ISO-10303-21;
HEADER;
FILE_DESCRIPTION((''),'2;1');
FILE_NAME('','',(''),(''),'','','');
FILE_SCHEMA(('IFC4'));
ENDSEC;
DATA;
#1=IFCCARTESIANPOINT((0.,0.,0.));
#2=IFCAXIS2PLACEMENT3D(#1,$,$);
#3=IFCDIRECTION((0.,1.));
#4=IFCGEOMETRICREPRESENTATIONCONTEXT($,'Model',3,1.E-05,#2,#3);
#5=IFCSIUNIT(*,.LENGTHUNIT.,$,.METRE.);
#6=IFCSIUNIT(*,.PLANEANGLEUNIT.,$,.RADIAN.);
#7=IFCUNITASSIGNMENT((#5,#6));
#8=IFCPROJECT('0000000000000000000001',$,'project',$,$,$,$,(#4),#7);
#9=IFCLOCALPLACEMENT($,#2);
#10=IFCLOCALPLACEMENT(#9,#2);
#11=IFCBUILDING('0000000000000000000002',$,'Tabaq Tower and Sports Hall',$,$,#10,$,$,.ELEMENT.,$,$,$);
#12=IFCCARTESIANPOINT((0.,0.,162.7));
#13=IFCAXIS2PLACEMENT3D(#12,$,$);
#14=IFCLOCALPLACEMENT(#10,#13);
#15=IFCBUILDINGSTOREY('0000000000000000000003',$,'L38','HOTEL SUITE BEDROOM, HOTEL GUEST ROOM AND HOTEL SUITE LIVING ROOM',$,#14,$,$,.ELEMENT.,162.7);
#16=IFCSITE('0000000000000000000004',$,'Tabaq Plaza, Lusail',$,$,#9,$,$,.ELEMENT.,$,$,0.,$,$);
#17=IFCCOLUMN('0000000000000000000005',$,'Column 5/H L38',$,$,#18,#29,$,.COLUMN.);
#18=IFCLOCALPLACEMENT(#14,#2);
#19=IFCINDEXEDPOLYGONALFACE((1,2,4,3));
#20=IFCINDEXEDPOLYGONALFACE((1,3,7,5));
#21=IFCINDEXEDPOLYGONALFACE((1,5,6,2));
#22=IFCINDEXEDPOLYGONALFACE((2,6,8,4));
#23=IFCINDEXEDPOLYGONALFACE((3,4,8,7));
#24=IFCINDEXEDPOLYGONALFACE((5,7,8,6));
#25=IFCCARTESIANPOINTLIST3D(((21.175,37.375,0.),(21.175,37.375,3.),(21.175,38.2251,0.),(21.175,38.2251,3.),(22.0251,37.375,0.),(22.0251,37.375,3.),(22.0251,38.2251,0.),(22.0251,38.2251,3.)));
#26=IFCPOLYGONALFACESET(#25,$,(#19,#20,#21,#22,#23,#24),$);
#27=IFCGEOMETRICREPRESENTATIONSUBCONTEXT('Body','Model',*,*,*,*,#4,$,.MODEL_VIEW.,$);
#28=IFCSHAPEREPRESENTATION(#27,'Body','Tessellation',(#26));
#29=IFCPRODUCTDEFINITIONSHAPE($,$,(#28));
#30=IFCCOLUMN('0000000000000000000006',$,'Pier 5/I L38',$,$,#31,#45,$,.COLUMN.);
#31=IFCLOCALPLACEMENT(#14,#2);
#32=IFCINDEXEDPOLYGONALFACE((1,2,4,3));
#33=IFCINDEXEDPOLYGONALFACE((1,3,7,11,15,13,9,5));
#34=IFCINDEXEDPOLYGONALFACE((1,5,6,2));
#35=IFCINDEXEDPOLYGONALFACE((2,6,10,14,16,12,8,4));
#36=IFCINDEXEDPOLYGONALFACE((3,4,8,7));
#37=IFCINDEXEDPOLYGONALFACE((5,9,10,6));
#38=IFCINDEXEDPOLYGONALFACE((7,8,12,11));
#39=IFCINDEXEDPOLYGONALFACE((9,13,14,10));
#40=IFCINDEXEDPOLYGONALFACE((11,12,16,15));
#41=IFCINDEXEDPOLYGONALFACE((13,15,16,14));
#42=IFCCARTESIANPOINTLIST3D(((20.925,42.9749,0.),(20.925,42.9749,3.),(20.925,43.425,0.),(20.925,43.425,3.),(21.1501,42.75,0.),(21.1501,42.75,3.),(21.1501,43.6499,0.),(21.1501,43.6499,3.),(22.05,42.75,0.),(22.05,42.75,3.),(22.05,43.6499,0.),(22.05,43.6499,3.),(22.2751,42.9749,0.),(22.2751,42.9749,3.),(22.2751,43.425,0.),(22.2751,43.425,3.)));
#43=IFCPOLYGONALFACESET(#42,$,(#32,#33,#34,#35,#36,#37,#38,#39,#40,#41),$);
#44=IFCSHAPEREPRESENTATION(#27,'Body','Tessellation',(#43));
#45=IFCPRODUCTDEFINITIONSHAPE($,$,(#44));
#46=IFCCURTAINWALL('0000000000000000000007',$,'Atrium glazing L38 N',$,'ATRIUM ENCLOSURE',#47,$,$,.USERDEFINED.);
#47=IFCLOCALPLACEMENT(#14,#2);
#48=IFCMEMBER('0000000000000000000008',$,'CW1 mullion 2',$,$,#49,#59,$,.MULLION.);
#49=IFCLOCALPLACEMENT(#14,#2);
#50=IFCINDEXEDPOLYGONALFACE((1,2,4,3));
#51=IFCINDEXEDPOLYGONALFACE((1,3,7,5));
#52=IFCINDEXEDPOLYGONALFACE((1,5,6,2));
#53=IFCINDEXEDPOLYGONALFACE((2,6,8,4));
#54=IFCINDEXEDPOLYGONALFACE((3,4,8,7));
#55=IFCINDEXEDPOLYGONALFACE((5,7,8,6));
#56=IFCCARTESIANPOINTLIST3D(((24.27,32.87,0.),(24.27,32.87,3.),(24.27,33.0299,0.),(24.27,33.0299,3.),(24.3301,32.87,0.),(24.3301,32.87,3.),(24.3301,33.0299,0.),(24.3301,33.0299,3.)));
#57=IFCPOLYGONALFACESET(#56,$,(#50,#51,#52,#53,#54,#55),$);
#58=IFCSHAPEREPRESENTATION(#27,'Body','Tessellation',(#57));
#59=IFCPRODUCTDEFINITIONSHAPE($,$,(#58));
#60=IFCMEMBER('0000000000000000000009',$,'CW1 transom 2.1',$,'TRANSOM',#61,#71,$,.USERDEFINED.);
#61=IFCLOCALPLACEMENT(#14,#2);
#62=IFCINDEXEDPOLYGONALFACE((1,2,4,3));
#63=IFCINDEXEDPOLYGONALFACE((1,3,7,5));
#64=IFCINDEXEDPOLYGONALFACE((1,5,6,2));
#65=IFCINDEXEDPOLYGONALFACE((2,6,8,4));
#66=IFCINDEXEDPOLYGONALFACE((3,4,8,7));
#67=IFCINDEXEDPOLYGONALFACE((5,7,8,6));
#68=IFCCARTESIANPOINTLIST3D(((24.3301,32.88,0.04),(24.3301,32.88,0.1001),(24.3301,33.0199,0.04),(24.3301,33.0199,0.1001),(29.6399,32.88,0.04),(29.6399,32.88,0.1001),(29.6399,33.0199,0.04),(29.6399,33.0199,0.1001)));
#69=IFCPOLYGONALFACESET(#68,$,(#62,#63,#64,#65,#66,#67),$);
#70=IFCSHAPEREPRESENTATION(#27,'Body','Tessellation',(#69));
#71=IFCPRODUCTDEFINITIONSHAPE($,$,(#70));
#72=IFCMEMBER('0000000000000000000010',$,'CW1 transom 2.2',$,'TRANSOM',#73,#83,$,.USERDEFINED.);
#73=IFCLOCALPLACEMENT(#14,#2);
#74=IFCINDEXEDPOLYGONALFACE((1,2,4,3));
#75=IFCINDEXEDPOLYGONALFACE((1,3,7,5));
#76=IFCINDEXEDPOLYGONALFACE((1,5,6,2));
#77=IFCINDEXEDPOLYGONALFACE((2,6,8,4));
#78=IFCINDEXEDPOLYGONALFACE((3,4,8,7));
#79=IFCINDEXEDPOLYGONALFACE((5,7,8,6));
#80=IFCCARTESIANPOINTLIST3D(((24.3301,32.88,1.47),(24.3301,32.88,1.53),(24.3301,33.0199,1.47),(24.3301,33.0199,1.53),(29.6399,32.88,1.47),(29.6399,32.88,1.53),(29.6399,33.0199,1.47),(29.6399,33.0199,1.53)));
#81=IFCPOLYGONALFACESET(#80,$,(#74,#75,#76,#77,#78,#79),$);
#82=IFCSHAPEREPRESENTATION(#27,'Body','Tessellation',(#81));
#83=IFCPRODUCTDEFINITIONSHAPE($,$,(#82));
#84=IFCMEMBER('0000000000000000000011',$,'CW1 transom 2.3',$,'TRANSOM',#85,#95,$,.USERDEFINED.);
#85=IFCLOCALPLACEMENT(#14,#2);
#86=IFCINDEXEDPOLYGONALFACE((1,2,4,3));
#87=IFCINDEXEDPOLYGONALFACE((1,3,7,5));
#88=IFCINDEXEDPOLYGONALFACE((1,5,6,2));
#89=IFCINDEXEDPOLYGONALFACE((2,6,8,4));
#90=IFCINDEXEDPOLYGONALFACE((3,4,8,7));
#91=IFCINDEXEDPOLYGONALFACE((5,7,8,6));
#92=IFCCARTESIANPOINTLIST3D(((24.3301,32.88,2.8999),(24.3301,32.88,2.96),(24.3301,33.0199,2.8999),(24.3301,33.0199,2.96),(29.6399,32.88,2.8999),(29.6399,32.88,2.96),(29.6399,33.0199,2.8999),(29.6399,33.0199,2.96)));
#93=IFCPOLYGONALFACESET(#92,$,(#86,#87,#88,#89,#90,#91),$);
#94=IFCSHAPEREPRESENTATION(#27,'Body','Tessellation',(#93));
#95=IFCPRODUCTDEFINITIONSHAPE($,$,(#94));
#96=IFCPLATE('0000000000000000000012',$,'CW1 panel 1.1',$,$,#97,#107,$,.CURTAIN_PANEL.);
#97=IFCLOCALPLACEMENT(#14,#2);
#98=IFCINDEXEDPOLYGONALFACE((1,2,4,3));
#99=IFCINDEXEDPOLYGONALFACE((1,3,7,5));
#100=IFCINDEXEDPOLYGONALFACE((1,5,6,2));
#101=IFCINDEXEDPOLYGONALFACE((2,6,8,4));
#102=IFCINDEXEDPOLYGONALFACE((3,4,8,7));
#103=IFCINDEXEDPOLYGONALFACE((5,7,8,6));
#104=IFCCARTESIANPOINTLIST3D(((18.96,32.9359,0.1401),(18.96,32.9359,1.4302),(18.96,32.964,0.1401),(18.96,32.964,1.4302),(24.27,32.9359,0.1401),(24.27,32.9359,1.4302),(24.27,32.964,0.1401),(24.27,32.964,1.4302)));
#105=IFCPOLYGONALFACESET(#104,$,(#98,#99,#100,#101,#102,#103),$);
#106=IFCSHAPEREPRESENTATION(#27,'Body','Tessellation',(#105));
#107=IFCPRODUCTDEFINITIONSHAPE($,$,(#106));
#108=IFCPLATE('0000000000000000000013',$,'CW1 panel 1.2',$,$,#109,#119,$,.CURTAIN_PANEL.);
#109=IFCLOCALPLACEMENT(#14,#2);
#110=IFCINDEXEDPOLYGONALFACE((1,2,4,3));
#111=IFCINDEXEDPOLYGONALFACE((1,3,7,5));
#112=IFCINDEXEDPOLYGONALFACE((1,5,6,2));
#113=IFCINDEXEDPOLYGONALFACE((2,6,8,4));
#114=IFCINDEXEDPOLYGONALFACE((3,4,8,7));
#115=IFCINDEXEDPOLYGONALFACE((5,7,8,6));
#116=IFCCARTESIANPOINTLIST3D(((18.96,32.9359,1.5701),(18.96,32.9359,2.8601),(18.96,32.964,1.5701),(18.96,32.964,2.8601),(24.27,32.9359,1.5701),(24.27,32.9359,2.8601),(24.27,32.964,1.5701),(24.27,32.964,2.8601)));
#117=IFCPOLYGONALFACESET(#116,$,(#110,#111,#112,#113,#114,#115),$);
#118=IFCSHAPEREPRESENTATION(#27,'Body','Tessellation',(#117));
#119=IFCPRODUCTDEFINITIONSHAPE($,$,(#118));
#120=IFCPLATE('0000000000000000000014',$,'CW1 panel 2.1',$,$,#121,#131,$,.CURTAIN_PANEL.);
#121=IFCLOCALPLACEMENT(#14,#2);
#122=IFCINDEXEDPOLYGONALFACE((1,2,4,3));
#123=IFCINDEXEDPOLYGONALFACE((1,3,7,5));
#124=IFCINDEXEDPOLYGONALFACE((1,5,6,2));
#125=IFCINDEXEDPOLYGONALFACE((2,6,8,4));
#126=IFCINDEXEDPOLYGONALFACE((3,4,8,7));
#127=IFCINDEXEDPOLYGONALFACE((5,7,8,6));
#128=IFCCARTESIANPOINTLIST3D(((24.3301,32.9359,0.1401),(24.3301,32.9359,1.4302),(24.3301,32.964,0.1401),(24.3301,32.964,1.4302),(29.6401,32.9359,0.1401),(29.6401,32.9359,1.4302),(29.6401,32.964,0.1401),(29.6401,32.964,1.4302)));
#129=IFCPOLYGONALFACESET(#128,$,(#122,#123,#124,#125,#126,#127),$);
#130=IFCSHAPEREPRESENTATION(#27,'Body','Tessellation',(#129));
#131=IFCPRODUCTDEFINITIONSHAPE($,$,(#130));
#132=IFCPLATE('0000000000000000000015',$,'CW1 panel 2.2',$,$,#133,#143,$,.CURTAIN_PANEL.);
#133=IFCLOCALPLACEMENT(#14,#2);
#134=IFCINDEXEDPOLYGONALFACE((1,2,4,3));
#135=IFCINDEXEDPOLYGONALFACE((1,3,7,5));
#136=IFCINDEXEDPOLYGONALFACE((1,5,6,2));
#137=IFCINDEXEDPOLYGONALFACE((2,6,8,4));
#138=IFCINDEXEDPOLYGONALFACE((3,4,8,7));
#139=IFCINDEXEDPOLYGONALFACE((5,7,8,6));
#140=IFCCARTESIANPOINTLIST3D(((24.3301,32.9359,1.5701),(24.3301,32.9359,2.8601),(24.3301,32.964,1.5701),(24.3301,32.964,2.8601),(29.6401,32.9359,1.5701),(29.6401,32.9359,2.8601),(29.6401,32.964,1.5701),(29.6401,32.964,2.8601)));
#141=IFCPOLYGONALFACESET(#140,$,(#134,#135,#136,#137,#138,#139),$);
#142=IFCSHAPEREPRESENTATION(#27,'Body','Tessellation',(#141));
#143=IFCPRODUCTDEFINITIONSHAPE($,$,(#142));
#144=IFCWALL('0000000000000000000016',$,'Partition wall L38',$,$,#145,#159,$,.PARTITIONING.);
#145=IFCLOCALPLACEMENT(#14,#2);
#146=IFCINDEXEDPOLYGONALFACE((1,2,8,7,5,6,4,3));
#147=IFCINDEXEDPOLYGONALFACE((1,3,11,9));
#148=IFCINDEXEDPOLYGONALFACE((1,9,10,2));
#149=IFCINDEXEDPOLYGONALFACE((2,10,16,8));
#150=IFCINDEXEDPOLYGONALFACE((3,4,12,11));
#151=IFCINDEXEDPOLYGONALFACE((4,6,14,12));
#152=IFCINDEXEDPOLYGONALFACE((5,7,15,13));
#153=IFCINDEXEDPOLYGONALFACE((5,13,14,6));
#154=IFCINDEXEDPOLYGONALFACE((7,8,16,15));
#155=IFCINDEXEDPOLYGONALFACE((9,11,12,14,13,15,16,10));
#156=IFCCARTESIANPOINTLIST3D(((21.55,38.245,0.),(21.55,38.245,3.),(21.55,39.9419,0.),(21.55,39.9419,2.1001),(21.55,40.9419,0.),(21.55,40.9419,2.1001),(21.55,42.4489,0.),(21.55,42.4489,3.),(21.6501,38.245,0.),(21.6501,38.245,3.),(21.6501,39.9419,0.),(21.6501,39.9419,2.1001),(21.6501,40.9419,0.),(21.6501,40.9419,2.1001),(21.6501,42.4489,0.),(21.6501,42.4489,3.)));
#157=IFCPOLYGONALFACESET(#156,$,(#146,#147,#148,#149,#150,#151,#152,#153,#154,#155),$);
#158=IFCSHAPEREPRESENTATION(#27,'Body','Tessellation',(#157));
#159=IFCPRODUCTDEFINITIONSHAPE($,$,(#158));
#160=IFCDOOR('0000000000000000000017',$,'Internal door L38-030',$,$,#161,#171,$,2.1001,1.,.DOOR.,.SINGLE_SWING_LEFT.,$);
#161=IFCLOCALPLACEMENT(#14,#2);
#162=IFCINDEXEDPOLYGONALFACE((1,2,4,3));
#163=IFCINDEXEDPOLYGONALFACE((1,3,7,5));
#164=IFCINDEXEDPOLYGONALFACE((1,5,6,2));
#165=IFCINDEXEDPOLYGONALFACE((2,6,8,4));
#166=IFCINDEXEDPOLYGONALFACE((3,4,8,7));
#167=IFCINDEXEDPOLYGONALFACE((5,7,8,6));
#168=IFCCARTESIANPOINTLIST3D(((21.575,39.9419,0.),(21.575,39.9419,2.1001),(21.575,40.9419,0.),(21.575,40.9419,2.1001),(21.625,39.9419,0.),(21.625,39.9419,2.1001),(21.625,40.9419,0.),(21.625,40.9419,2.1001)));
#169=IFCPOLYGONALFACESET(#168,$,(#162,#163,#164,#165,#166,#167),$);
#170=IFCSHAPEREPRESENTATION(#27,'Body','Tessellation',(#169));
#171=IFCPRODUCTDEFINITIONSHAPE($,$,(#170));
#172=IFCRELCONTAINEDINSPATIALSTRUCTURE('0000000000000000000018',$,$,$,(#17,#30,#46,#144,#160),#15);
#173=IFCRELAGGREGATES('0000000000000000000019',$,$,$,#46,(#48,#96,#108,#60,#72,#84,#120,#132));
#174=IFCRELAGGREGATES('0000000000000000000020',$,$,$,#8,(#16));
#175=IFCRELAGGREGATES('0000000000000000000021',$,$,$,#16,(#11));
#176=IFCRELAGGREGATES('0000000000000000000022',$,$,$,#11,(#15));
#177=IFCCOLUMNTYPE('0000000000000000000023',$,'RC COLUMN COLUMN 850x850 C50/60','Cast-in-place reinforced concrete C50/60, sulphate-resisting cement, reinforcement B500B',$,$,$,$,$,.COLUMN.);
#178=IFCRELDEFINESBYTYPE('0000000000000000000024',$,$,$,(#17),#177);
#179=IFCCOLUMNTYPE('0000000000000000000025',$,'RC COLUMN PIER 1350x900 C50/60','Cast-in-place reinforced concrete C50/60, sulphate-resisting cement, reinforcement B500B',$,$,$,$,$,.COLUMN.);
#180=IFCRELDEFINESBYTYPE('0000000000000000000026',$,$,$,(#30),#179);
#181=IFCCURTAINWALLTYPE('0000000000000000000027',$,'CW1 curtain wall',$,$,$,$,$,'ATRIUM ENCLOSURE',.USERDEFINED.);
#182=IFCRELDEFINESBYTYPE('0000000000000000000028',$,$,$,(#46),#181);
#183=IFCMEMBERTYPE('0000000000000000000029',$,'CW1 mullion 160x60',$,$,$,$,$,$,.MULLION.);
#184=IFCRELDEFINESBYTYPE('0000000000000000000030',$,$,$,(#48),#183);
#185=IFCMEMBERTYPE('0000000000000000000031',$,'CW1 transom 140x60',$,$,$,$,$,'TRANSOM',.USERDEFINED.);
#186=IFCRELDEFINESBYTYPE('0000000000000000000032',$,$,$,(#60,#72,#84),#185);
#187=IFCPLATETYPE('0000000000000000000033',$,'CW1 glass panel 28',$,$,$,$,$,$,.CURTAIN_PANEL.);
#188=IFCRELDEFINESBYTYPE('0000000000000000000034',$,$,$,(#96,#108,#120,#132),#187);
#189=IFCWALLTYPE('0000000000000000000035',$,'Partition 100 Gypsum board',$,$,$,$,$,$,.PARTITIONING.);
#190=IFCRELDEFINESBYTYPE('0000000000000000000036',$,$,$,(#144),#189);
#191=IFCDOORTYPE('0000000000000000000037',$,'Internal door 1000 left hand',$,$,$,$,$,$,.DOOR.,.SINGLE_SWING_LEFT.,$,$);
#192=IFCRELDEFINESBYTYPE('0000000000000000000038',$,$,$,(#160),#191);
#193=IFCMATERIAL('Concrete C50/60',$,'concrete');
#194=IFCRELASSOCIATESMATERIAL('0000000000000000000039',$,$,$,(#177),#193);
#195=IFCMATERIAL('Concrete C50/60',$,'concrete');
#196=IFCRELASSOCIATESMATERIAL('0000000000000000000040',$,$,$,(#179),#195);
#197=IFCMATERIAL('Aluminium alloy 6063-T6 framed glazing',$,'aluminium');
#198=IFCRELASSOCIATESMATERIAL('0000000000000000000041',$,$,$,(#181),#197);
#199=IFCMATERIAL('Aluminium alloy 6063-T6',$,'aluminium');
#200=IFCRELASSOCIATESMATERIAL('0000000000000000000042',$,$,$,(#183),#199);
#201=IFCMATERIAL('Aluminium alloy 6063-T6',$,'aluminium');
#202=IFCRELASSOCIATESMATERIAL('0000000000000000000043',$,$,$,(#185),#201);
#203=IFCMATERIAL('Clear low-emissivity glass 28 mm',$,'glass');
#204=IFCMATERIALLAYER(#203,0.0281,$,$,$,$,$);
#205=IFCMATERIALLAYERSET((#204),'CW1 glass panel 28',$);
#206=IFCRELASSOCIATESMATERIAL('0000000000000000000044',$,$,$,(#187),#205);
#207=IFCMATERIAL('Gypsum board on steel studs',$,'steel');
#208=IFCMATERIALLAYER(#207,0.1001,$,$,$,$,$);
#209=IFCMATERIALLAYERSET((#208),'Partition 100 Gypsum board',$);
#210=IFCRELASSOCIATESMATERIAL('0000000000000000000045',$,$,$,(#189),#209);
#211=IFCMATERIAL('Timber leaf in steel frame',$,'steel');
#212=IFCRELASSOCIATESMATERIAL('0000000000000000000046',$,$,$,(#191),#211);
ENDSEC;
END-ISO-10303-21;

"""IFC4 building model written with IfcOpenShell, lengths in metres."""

from ifc_helpers import new_model, si_unit, direction, frame, frame_2d, origin, origin_2d, place, context, subcontext, project, spatial, polyline, rectangle, outline, extrude, material, layer, layer_set, material_profile, profile_set, type_object, element, fill, aggregate, save


model = new_model("IFC4")

# Units and contexts
model_context = context("Model", 3, precision=1e-05, world=origin(), true_north=direction((0.0, 1.0)))
body_context = subcontext(model_context, "Body", "Model", "MODEL_VIEW")
ifc_project = project(units=[si_unit("LENGTHUNIT", "METRE"), si_unit("PLANEANGLEUNIT", "RADIAN")], contexts=[model_context])

# Site, building, storey
site_placement = place(None, origin())
site = spatial("IfcSite", under=ifc_project, at=site_placement, Name="Tabaq Plaza, Lusail", CompositionType="ELEMENT", RefElevation=0.0)
building_placement = place(site_placement, origin())
building = spatial("IfcBuilding", under=site, at=building_placement, Name="Tabaq Tower and Sports Hall", CompositionType="ELEMENT")
storey_placement = place(building_placement, frame((0.0, 0.0, 162.7)))
storey = spatial("IfcBuildingStorey", under=building, at=storey_placement, Name="L38", Description="HOTEL SUITE BEDROOM, HOTEL GUEST ROOM AND HOTEL SUITE LIVING ROOM", CompositionType="ELEMENT", Elevation=162.7)

# Columns
ifc_material_1 = material(Name="Concrete C50/60", Category="concrete")
ifc_material_profile_1 = material_profile(ifc_material_1, rectangle(XDim=0.8501, YDim=0.8501, at=origin_2d()), Name="COLUMN 850x850")
ifc_profile_set_1 = profile_set([ifc_material_profile_1], Name="Concrete C50/60")
column_type_1 = type_object("IfcColumnType", Name="RC COLUMN COLUMN 850x850 C50/60", Description="Cast-in-place reinforced concrete C50/60, sulphate-resisting cement, reinforcement B500B", PredefinedType="COLUMN", material=ifc_profile_set_1)
column_1_placement = place(storey_placement, frame((21.6001, 37.8, 0.0), z_axis=(0.0, 0.0, 1.0), x_axis=(1.0, 0.0, 0.0)))
element("IfcColumn", 1, at=column_1_placement, inside=storey, type_object=column_type_1, Name="Column 5/H L38", PredefinedType="COLUMN", context=body_context, shape_type="SweptSolid", body=[
    extrude(rectangle(XDim=0.8501, YDim=0.8501, at=origin_2d()), origin(), (0.0, 0.0, 1.0), 3.0),
])
ifc_material_2 = material(Name="Concrete C50/60", Category="concrete")
ifc_material_profile_2 = material_profile(ifc_material_2, outline(polyline([(-0.45, -0.45), (0.45, -0.45), (0.675, -0.2251), (0.675, 0.2251), (0.45, 0.45), (-0.45, 0.45), (-0.675, 0.2251), (-0.675, -0.2251), (-0.45, -0.45)])), Name="PIER 1350x900")
ifc_profile_set_2 = profile_set([ifc_material_profile_2], Name="Concrete C50/60")
column_type_2 = type_object("IfcColumnType", Name="RC COLUMN PIER 1350x900 C50/60", Description="Cast-in-place reinforced concrete C50/60, sulphate-resisting cement, reinforcement B500B", PredefinedType="COLUMN", material=ifc_profile_set_2)
column_2_placement = place(storey_placement, frame((21.6001, 43.2, 0.0), z_axis=(0.0, 0.0, 1.0), x_axis=(1.0, 0.0, 0.0)))
element("IfcColumn", 2, at=column_2_placement, inside=storey, type_object=column_type_2, Name="Pier 5/I L38", PredefinedType="COLUMN", context=body_context, shape_type="SweptSolid", body=[
    extrude(outline(polyline([(-0.45, -0.45), (0.45, -0.45), (0.675, -0.2251), (0.675, 0.2251), (0.45, 0.45), (-0.45, 0.45), (-0.675, 0.2251), (-0.675, -0.2251), (-0.45, -0.45)])), origin(), (0.0, 0.0, 1.0), 3.0),
])

# Curtain wall, members, plates
ifc_material_3 = material(Name="Aluminium alloy 6063-T6 framed glazing", Category="aluminium")
curtain_wall_type = type_object("IfcCurtainWallType", Name="CW1 curtain wall", ElementType="ATRIUM ENCLOSURE", PredefinedType="USERDEFINED", material=ifc_material_3)
curtain_wall_placement = place(storey_placement, origin())
curtain_wall = element("IfcCurtainWall", 3, at=curtain_wall_placement, inside=storey, type_object=curtain_wall_type, Name="Atrium glazing L38 N", ObjectType="ATRIUM ENCLOSURE", PredefinedType="USERDEFINED")
ifc_material_4 = material(Name="Aluminium alloy 6063-T6", Category="aluminium")
ifc_material_profile_3 = material_profile(ifc_material_4, rectangle(XDim=0.1599, YDim=0.0601, at=origin_2d()), Name="MULLION 160x60")
ifc_profile_set_3 = profile_set([ifc_material_profile_3], Name="Aluminium alloy 6063-T6")
member_type_1 = type_object("IfcMemberType", Name="CW1 mullion 160x60", PredefinedType="MULLION", material=ifc_profile_set_3)
member_1_placement = place(storey_placement, frame((24.3, 32.95, 0.0), z_axis=(0.0, 0.0, 1.0), x_axis=(0.0, 1.0, 0.0)))
member_1 = element("IfcMember", 4, at=member_1_placement, type_object=member_type_1, Name="CW1 mullion 2", PredefinedType="MULLION", context=body_context, shape_type="SweptSolid", body=[
    extrude(rectangle(XDim=0.1599, YDim=0.0601, at=origin_2d()), origin(), (0.0, 0.0, 1.0), 3.0),
])
ifc_material_5 = material(Name="Aluminium alloy 6063-T6", Category="aluminium")
ifc_material_profile_4 = material_profile(ifc_material_5, rectangle(XDim=0.1399, YDim=0.0601, at=origin_2d()), Name="TRANSOM 140x60")
ifc_profile_set_4 = profile_set([ifc_material_profile_4], Name="Aluminium alloy 6063-T6")
member_type_2 = type_object("IfcMemberType", Name="CW1 transom 140x60", ElementType="TRANSOM", PredefinedType="USERDEFINED", material=ifc_profile_set_4)
member_2_placement = place(storey_placement, frame((24.3301, 32.95, 0.0701), z_axis=(1.0, 0.0, 0.0), x_axis=(0.0, 1.0, 0.0)))
member_2 = element("IfcMember", 5, at=member_2_placement, type_object=member_type_2, Name="CW1 transom 2.1", ObjectType="TRANSOM", PredefinedType="USERDEFINED", context=body_context, shape_type="SweptSolid", body=[
    extrude(rectangle(XDim=0.1399, YDim=0.0601, at=origin_2d()), origin(), (0.0, 0.0, 1.0), 5.3098),
])
member_3_placement = place(storey_placement, frame((24.3301, 32.95, 1.5), z_axis=(1.0, 0.0, 0.0), x_axis=(0.0, 1.0, 0.0)))
member_3 = element("IfcMember", 6, at=member_3_placement, type_object=member_type_2, Name="CW1 transom 2.2", ObjectType="TRANSOM", PredefinedType="USERDEFINED", context=body_context, shape_type="SweptSolid", body=[
    extrude(rectangle(XDim=0.1399, YDim=0.0601, at=origin_2d()), origin(), (0.0, 0.0, 1.0), 5.3098),
])
member_4_placement = place(storey_placement, frame((24.3301, 32.95, 2.9299), z_axis=(1.0, 0.0, 0.0), x_axis=(0.0, 1.0, 0.0)))
member_4 = element("IfcMember", 7, at=member_4_placement, type_object=member_type_2, Name="CW1 transom 2.3", ObjectType="TRANSOM", PredefinedType="USERDEFINED", context=body_context, shape_type="SweptSolid", body=[
    extrude(rectangle(XDim=0.1399, YDim=0.0601, at=origin_2d()), origin(), (0.0, 0.0, 1.0), 5.3098),
])
ifc_material_6 = material(Name="Clear low-emissivity glass 28 mm", Category="glass")
ifc_layer_1 = layer(ifc_material_6, 0.0281)
ifc_layer_set_1 = layer_set([ifc_layer_1], Name="CW1 glass panel 28")
plate_type = type_object("IfcPlateType", Name="CW1 glass panel 28", PredefinedType="CURTAIN_PANEL", material=ifc_layer_set_1)
plate_1_placement = place(storey_placement, frame((21.615, 32.95, 0.1401), z_axis=(0.0, 0.0, 1.0), x_axis=(1.0, 0.0, 0.0)))
plate_1 = element("IfcPlate", 8, at=plate_1_placement, type_object=plate_type, Name="CW1 panel 1.1", PredefinedType="CURTAIN_PANEL", context=body_context, shape_type="SweptSolid", body=[
    extrude(rectangle(XDim=5.3101, YDim=0.0281, at=origin_2d()), origin(), (0.0, 0.0, 1.0), 1.29),
])
plate_2_placement = place(storey_placement, frame((21.615, 32.95, 1.5701), z_axis=(0.0, 0.0, 1.0), x_axis=(1.0, 0.0, 0.0)))
plate_2 = element("IfcPlate", 9, at=plate_2_placement, type_object=plate_type, Name="CW1 panel 1.2", PredefinedType="CURTAIN_PANEL", context=body_context, shape_type="SweptSolid", body=[
    extrude(rectangle(XDim=5.3101, YDim=0.0281, at=origin_2d()), origin(), (0.0, 0.0, 1.0), 1.29),
])
plate_3_placement = place(storey_placement, frame((26.9851, 32.95, 0.1401), z_axis=(0.0, 0.0, 1.0), x_axis=(1.0, 0.0, 0.0)))
plate_3 = element("IfcPlate", 10, at=plate_3_placement, type_object=plate_type, Name="CW1 panel 2.1", PredefinedType="CURTAIN_PANEL", context=body_context, shape_type="SweptSolid", body=[
    extrude(rectangle(XDim=5.3101, YDim=0.0281, at=origin_2d()), origin(), (0.0, 0.0, 1.0), 1.29),
])
plate_4_placement = place(storey_placement, frame((26.9851, 32.95, 1.5701), z_axis=(0.0, 0.0, 1.0), x_axis=(1.0, 0.0, 0.0)))
plate_4 = element("IfcPlate", 11, at=plate_4_placement, type_object=plate_type, Name="CW1 panel 2.2", PredefinedType="CURTAIN_PANEL", context=body_context, shape_type="SweptSolid", body=[
    extrude(rectangle(XDim=5.3101, YDim=0.0281, at=origin_2d()), origin(), (0.0, 0.0, 1.0), 1.29),
])
aggregate(curtain_wall, [member_1, plate_1, plate_2, member_2, member_3, member_4, plate_3, plate_4])

# Wall, opening, door
ifc_material_7 = material(Name="Gypsum board on steel studs", Category="steel")
ifc_layer_2 = layer(ifc_material_7, 0.1001)
ifc_layer_set_2 = layer_set([ifc_layer_2], Name="Partition 100 Gypsum board")
wall_type = type_object("IfcWallType", Name="Partition 100 Gypsum board", PredefinedType="PARTITIONING", material=ifc_layer_set_2)
wall_1_placement = place(storey_placement, frame((21.6001, 42.449, 0.0), z_axis=(0.0, 0.0, 1.0), x_axis=(0.0, -1.0, 0.0)))
wall_1 = element("IfcWall", 12, at=wall_1_placement, inside=storey, type_object=wall_type, Name="Partition wall L38", PredefinedType="PARTITIONING", context=body_context, shape_type="SweptSolid", body=[
    extrude(rectangle(XDim=4.2039, YDim=0.1001, at=frame_2d((2.1021, 0.0))), origin(), (0.0, 0.0, 1.0), 3.0),
])
opening_1_placement = place(wall_1_placement, frame((1.5071, 0.0, 0.0)))
opening_1 = element("IfcOpeningElement", 13, at=opening_1_placement, cuts=wall_1, PredefinedType="OPENING", context=body_context, shape_type="SweptSolid", body=[
    extrude(rectangle(XDim=1.0, YDim=2.1001, at=frame_2d((0.5, 1.05))), frame((0.0, 0.05, 0.0), z_axis=(0.0, -1.0, 0.0), x_axis=(1.0, 0.0, 0.0)), (0.0, 0.0, 1.0), 0.1001),
])
ifc_material_8 = material(Name="Timber leaf in steel frame", Category="steel")
door_type_1 = type_object("IfcDoorType", Name="Internal door 1000 left hand", OperationType="SINGLE_SWING_LEFT", PredefinedType="DOOR", material=ifc_material_8)
door_1_placement = place(opening_1_placement, origin())
door_1 = element("IfcDoor", 14, at=door_1_placement, inside=storey, type_object=door_type_1, Name="Internal door L38-030", OperationType="SINGLE_SWING_LEFT", OverallHeight=2.1001, OverallWidth=1.0, PredefinedType="DOOR", context=body_context, shape_type="SweptSolid", body=[
    extrude(rectangle(XDim=1.0, YDim=2.1001, at=frame_2d((0.5, 1.05))), frame((0.0, 0.0249, 0.0), z_axis=(0.0, -1.0, 0.0), x_axis=(1.0, 0.0, 0.0)), (0.0, 0.0, 1.0), 0.05),
])
fill(opening_1, door_1)

save(model, "model.ifc")
